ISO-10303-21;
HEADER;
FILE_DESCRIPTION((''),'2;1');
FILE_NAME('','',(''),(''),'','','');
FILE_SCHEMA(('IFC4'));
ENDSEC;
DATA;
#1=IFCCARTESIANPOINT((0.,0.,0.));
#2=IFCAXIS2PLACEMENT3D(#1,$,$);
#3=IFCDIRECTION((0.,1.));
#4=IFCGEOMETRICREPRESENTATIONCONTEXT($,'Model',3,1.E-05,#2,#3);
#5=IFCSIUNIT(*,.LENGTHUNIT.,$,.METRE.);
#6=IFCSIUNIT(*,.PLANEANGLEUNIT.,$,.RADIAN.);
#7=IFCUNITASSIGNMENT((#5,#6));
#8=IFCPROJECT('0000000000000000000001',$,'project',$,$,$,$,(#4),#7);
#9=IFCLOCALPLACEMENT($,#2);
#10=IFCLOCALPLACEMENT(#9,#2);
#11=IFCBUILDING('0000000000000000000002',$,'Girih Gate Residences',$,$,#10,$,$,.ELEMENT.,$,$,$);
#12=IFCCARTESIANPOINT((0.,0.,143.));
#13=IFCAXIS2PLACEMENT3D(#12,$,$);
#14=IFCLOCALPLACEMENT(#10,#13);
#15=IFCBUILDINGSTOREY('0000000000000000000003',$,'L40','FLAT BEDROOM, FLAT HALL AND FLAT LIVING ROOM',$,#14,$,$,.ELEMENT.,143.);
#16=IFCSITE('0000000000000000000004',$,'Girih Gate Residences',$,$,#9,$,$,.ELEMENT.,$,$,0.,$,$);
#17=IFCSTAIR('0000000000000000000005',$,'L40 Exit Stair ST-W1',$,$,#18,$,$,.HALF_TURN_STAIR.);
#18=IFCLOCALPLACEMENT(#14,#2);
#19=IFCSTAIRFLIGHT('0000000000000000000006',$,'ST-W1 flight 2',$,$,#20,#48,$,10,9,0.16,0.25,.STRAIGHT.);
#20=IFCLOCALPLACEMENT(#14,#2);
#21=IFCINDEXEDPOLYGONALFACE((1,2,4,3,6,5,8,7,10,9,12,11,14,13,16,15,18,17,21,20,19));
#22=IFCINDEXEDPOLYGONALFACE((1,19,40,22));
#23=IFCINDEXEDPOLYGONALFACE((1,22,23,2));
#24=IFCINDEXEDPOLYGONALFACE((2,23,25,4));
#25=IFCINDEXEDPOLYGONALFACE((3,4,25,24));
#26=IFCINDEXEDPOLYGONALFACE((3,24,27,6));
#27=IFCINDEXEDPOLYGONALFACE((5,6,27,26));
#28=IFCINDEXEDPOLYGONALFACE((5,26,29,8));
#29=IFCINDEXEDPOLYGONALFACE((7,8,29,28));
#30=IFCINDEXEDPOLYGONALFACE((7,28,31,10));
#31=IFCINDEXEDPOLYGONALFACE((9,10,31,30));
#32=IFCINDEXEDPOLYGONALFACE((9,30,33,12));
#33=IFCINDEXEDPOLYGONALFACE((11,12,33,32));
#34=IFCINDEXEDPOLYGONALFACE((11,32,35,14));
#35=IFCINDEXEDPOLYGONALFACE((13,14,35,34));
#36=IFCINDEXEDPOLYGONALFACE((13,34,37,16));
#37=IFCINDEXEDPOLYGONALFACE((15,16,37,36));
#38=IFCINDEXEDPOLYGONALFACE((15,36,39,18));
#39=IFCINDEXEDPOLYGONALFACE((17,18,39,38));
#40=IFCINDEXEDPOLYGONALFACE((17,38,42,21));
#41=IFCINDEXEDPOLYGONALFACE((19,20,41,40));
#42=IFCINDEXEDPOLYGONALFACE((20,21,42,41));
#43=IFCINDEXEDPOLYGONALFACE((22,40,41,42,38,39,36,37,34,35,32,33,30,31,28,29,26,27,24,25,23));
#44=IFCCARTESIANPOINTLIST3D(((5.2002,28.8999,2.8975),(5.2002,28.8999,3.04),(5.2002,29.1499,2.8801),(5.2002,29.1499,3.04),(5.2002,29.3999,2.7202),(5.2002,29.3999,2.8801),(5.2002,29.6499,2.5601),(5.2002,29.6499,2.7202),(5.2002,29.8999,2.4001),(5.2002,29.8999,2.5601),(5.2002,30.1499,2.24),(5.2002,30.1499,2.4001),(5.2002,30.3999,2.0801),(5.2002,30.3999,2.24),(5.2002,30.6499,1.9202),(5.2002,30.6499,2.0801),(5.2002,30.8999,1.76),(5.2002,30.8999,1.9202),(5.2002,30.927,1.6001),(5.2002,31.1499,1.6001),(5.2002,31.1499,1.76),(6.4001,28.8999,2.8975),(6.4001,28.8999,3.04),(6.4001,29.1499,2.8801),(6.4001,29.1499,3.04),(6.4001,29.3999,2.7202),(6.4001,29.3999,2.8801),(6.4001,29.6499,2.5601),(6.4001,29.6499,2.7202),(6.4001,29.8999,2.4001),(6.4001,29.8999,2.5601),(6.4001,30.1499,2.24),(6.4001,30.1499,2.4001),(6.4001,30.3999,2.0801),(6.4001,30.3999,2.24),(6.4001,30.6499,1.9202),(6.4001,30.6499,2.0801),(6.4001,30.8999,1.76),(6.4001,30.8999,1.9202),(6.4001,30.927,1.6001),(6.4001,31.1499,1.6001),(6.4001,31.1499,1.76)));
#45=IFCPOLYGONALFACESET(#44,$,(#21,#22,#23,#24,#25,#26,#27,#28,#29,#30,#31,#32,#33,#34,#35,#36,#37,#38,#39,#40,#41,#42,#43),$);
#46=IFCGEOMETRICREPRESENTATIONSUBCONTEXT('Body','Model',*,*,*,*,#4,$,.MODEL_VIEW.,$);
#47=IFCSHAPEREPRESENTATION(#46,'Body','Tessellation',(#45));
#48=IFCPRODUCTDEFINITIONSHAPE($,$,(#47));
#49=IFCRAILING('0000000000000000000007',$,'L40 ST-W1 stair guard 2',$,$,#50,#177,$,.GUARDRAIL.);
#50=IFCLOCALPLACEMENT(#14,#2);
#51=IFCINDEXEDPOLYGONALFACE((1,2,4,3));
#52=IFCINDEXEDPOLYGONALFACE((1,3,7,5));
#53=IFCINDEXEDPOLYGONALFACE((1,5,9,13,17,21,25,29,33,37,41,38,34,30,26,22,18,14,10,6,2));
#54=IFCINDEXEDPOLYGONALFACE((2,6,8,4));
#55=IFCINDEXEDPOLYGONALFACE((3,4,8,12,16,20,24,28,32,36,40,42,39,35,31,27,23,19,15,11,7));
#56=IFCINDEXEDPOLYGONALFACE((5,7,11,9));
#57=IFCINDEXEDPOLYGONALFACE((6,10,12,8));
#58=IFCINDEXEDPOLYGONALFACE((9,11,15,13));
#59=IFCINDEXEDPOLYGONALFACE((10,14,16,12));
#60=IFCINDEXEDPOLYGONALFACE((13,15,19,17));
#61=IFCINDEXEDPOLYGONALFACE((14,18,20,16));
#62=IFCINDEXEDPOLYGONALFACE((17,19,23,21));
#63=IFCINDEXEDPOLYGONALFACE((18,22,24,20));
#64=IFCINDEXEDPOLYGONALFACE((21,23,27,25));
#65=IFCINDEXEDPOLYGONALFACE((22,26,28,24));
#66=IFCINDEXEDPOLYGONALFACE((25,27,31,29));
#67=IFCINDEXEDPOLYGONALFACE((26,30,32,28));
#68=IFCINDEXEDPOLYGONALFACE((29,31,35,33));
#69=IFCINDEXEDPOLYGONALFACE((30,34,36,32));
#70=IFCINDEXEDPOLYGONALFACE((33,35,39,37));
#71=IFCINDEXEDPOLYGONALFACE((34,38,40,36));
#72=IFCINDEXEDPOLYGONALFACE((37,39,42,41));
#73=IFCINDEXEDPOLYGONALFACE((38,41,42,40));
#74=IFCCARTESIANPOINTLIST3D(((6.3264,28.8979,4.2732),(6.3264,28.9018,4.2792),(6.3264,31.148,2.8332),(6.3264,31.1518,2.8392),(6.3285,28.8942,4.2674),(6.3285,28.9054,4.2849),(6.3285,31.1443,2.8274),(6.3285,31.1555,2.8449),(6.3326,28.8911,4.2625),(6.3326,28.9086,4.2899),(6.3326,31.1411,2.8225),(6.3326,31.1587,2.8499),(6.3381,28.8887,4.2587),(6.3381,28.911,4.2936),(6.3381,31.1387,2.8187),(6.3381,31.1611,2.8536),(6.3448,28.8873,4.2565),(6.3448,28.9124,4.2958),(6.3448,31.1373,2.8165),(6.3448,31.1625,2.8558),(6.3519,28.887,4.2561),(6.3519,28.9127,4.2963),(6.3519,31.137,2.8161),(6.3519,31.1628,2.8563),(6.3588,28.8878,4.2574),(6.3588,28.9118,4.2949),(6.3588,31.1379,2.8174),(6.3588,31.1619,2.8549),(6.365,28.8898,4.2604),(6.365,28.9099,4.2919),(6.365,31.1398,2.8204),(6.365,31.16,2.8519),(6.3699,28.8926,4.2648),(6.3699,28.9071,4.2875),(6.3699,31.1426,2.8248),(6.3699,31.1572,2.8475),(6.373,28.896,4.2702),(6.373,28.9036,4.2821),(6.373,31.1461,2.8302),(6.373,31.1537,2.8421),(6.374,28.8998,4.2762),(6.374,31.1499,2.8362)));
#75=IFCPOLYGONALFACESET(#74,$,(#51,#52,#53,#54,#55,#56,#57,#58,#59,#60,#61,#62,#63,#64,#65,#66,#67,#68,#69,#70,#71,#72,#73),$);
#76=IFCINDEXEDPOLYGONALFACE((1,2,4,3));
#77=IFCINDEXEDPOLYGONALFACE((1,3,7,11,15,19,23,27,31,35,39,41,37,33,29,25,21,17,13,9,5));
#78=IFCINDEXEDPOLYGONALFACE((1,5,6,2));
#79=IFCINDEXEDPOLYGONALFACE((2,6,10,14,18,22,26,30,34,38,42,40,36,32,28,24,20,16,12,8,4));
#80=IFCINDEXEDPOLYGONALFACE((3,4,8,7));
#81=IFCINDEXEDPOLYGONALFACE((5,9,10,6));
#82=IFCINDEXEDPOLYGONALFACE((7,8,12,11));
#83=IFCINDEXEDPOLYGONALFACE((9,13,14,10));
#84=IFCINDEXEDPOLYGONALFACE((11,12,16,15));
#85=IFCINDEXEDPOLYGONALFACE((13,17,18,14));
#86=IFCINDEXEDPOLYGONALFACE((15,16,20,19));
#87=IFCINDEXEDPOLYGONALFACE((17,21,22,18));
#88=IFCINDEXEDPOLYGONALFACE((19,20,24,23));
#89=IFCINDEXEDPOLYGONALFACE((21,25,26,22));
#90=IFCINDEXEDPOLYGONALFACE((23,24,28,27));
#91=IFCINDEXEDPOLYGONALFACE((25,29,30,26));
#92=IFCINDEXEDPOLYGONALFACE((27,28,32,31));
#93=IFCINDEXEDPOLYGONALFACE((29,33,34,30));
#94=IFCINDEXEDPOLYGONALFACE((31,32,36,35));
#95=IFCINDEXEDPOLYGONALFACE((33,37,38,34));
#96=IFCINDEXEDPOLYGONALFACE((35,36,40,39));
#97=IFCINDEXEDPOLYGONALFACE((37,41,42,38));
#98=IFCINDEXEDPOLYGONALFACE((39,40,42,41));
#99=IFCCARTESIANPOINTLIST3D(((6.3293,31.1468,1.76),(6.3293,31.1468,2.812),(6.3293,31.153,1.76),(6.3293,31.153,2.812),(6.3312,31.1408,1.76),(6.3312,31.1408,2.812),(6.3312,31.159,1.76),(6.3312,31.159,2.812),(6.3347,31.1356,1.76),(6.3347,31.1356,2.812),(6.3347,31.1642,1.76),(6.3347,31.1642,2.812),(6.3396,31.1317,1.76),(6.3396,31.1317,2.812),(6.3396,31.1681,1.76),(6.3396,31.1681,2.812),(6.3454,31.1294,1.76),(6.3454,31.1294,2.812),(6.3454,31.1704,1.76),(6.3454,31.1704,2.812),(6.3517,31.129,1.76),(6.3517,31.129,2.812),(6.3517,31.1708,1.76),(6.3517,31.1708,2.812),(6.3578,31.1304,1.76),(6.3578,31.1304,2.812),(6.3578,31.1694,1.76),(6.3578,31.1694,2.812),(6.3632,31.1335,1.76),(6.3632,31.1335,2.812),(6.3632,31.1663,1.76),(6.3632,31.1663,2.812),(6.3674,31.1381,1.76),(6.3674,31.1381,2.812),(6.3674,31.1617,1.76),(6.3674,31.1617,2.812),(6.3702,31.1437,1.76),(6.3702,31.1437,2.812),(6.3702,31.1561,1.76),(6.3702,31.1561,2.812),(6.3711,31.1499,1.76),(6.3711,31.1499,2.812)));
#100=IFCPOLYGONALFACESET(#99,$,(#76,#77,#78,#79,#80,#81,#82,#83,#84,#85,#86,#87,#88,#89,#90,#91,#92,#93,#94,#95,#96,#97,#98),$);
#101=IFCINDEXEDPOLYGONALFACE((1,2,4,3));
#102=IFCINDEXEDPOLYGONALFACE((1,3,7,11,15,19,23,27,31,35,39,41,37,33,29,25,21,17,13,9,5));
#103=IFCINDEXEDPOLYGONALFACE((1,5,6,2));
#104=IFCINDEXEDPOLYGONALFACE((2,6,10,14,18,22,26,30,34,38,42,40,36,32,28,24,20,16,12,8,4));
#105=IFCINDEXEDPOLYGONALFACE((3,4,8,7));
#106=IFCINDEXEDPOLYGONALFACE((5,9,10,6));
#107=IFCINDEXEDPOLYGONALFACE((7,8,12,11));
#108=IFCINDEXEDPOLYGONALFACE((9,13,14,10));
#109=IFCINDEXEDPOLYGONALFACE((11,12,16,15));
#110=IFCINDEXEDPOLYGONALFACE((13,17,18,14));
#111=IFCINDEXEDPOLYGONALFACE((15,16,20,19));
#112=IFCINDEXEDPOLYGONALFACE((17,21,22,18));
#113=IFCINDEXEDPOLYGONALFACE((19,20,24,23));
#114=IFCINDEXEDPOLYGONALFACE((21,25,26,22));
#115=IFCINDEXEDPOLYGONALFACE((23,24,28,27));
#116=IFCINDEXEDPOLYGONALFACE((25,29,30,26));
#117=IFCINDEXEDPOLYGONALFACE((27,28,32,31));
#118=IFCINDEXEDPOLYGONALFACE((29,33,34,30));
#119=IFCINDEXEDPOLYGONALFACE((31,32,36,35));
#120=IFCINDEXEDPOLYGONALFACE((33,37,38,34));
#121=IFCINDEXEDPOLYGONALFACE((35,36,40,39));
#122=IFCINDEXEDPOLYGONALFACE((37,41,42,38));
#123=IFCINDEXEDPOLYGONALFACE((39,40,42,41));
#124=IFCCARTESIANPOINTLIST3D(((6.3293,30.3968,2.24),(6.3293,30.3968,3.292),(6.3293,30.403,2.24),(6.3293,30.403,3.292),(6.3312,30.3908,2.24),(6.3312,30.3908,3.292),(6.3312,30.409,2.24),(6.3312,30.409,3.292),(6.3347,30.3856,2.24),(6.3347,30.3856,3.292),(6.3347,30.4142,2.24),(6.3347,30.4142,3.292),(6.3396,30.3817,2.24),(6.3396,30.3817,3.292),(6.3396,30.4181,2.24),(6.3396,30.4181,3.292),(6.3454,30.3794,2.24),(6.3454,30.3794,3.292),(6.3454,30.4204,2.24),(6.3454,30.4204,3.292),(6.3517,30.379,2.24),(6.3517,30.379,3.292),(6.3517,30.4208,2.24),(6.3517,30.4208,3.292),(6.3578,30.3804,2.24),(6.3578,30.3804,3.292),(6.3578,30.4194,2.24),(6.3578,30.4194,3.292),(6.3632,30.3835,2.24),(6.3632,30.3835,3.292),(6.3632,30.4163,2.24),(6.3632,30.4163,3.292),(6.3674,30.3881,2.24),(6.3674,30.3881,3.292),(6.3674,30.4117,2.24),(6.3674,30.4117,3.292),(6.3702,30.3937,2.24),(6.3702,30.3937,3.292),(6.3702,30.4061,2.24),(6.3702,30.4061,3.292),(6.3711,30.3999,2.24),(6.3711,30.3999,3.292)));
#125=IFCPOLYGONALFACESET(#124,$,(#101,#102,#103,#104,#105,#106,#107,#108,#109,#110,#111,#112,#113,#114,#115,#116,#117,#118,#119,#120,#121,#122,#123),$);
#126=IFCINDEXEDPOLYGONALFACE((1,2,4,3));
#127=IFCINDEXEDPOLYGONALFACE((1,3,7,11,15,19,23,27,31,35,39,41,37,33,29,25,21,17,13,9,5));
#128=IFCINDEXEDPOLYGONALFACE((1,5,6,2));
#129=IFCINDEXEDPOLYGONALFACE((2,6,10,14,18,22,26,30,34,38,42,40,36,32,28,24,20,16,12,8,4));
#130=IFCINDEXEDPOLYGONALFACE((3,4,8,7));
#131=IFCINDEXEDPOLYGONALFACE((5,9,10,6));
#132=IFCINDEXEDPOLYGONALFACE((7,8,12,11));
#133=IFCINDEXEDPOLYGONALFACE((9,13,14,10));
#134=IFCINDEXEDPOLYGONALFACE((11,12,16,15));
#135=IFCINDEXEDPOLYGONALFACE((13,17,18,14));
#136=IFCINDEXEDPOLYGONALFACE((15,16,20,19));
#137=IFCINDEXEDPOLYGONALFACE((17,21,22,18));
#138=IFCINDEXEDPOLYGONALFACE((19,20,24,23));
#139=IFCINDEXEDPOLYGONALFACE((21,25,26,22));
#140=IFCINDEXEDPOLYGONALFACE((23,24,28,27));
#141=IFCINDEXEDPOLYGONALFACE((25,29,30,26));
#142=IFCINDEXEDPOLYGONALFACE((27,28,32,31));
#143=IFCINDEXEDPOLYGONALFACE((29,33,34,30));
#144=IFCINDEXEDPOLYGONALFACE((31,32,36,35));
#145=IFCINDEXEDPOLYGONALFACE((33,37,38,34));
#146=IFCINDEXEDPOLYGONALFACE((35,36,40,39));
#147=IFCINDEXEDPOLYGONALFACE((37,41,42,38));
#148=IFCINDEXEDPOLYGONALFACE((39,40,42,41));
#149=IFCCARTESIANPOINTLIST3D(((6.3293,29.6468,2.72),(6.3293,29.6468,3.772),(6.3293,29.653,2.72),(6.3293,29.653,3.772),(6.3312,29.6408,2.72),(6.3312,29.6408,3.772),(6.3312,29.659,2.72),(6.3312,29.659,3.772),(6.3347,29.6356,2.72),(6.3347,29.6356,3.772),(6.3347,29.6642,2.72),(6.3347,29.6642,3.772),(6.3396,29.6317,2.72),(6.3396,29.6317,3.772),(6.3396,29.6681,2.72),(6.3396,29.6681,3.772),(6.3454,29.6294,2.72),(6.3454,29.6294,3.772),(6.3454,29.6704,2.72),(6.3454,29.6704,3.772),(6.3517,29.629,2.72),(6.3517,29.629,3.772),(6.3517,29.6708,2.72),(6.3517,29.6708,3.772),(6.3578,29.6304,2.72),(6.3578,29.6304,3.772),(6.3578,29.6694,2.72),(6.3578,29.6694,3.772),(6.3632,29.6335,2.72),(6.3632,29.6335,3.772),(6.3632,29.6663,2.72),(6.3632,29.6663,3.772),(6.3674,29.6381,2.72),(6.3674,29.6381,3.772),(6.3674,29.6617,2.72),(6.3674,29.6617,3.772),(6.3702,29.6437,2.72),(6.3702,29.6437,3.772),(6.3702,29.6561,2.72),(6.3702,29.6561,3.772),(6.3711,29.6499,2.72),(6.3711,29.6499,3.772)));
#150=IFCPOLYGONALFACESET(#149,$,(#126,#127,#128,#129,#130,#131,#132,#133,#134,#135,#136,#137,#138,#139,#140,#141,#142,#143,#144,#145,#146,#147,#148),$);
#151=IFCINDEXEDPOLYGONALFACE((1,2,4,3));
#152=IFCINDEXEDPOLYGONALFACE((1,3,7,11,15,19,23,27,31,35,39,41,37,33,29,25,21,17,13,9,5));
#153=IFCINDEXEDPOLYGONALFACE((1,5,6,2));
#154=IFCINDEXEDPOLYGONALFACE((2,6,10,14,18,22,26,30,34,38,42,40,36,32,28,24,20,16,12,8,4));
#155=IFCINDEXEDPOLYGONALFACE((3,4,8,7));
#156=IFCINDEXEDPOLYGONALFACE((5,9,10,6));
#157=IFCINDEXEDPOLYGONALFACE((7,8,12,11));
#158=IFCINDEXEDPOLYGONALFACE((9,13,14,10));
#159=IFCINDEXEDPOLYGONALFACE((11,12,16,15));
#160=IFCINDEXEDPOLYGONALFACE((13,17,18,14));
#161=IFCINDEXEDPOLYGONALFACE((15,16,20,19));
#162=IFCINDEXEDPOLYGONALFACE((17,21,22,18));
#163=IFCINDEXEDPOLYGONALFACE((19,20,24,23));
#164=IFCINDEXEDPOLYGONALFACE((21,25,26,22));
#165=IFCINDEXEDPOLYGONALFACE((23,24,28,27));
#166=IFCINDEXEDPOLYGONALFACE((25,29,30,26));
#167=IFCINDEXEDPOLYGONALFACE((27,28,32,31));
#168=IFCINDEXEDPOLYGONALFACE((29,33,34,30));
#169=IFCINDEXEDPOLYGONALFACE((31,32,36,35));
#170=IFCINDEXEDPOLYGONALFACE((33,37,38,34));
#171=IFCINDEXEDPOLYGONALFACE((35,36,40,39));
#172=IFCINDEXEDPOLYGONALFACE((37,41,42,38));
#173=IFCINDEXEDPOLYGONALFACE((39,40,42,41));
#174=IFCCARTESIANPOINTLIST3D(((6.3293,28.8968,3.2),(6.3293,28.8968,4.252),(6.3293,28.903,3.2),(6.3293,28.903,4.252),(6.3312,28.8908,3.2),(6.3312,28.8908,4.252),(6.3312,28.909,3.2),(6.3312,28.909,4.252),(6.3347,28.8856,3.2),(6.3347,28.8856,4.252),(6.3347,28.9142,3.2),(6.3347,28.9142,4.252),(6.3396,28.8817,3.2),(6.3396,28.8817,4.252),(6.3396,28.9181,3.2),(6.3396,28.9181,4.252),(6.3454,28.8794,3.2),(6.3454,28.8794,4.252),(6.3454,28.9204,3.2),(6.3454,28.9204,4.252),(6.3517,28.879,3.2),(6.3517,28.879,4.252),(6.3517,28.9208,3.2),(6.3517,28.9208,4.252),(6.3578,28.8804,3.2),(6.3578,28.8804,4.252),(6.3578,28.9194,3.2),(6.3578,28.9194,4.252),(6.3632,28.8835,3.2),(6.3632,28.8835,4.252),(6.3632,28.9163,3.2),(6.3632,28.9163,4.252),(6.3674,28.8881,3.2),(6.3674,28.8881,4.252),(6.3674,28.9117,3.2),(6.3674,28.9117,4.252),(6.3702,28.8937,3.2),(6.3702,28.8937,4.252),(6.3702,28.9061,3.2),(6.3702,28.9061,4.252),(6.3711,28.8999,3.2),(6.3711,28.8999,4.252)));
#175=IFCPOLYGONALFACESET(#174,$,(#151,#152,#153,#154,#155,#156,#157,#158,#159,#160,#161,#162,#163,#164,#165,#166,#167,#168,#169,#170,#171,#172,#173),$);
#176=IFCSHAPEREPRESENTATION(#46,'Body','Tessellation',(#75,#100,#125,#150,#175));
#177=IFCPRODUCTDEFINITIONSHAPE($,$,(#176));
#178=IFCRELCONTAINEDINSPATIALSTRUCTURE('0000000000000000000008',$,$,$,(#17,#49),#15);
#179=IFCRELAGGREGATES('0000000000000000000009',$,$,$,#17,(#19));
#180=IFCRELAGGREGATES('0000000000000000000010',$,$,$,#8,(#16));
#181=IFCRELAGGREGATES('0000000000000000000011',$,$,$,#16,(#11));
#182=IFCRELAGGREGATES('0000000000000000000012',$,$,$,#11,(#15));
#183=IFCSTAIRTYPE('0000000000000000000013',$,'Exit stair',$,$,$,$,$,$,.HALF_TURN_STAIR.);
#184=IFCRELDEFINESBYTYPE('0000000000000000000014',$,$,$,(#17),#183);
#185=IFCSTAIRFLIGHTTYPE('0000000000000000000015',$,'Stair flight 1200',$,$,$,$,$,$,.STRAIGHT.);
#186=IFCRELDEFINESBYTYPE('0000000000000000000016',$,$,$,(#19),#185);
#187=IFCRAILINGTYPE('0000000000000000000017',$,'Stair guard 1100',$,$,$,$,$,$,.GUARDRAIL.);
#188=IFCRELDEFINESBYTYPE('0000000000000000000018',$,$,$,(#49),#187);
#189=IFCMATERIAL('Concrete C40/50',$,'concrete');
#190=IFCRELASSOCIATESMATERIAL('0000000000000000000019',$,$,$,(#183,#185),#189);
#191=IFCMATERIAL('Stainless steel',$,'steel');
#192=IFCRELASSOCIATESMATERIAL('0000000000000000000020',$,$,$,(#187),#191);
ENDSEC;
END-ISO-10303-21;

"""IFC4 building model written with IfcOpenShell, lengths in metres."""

from ifc_helpers import new_model, si_unit, direction, frame, origin, origin_2d, place, context, subcontext, project, spatial, polyline, circle, outline, extrude, material, type_object, element, aggregate, save


model = new_model("IFC4")

# Units and contexts
model_context = context("Model", 3, precision=1e-05, world=origin(), true_north=direction((0.0, 1.0)))
body_context = subcontext(model_context, "Body", "Model", "MODEL_VIEW")
ifc_project = project(units=[si_unit("LENGTHUNIT", "METRE"), si_unit("PLANEANGLEUNIT", "RADIAN")], contexts=[model_context])

# Site, building, storey
site_placement = place(None, origin())
site = spatial("IfcSite", under=ifc_project, at=site_placement, Name="Girih Gate Residences", CompositionType="ELEMENT", RefElevation=0.0)
building_placement = place(site_placement, origin())
building = spatial("IfcBuilding", under=site, at=building_placement, Name="Girih Gate Residences", CompositionType="ELEMENT")
storey_placement = place(building_placement, frame((0.0, 0.0, 143.0)))
storey = spatial("IfcBuildingStorey", under=building, at=storey_placement, Name="L40", Description="FLAT BEDROOM, FLAT HALL AND FLAT LIVING ROOM", CompositionType="ELEMENT", Elevation=143.0)

# Shared definitions
ifc_material_1 = material(Name="Concrete C40/50", Category="concrete")

# Shared definitions
ifc_material_2 = material(Name="Stainless steel", Category="steel")

# Stair, stair flight
stair_type = type_object("IfcStairType", Name="Exit stair", PredefinedType="HALF_TURN_STAIR", material=ifc_material_1)
stair_placement = place(storey_placement, origin())
stair = element("IfcStair", 1, at=stair_placement, inside=storey, type_object=stair_type, Name="L40 Exit Stair ST-W1", PredefinedType="HALF_TURN_STAIR")
stair_flight_type = type_object("IfcStairFlightType", Name="Stair flight 1200", PredefinedType="STRAIGHT", material=ifc_material_1)
stair_flight_placement = place(storey_placement, frame((5.8, 31.1499, 1.6001), z_axis=(0.0, 0.0, 1.0), x_axis=(0.0, -1.0, 0.0)))
stair_flight = element("IfcStairFlight", 2, at=stair_flight_placement, type_object=stair_flight_type, Name="ST-W1 flight 2", NumberOfRisers=10, NumberOfTreads=9, PredefinedType="STRAIGHT", RiserHeight=0.16, TreadLength=0.25, context=body_context, shape_type="SweptSolid", body=[
    extrude(outline(polyline([(0.0, 0.0), (0.0, 0.1599), (0.25, 0.1599), (0.25, 0.3201), (0.5, 0.3201), (0.5, 0.48), (0.75, 0.48), (0.75, 0.6399), (1.0, 0.6399), (1.0, 0.8), (1.25, 0.8), (1.25, 0.96), (1.5, 0.96), (1.5, 1.1201), (1.75, 1.1201), (1.75, 1.28), (2.0, 1.28), (2.0, 1.4399), (2.25, 1.4399), (2.25, 1.6001), (2.25, 1.2974), (0.2229, 0.0), (0.0, 0.0)])), frame((0.0, 0.6001, 0.0), z_axis=(0.0, -1.0, 0.0), x_axis=(1.0, 0.0, 0.0)), (0.0, 0.0, 1.0), 1.2),
])
aggregate(stair, [stair_flight])

# Railing
railing_type_1 = type_object("IfcRailingType", Name="Stair guard 1100", PredefinedType="GUARDRAIL", material=ifc_material_2)
railing_1_placement = place(storey_placement, frame((6.3501, 31.1499, 1.76)))
element("IfcRailing", 3, at=railing_1_placement, inside=storey, type_object=railing_type_1, Name="L40 ST-W1 stair guard 2", PredefinedType="GUARDRAIL", context=body_context, shape_type="SweptSolid", body=[
    extrude(circle(Radius=0.0239, at=origin_2d()), frame((0.0, 0.0, 1.0762), z_axis=(0.0, -0.842281, 0.539038), x_axis=(1.0, 0.0, 0.0)), (0.0, 0.0, 1.0), 2.6714),
    extrude(circle(Radius=0.021, at=origin_2d()), origin(), (0.0, 0.0, 1.0), 1.052),
    extrude(circle(Radius=0.021, at=origin_2d()), frame((0.0, -0.75, 0.48)), (0.0, 0.0, 1.0), 1.052),
    extrude(circle(Radius=0.021, at=origin_2d()), frame((0.0, -1.5, 0.96)), (0.0, 0.0, 1.0), 1.052),
    extrude(circle(Radius=0.021, at=origin_2d()), frame((0.0, -2.25, 1.4399)), (0.0, 0.0, 1.0), 1.052),
])

save(model, "model.ifc")
